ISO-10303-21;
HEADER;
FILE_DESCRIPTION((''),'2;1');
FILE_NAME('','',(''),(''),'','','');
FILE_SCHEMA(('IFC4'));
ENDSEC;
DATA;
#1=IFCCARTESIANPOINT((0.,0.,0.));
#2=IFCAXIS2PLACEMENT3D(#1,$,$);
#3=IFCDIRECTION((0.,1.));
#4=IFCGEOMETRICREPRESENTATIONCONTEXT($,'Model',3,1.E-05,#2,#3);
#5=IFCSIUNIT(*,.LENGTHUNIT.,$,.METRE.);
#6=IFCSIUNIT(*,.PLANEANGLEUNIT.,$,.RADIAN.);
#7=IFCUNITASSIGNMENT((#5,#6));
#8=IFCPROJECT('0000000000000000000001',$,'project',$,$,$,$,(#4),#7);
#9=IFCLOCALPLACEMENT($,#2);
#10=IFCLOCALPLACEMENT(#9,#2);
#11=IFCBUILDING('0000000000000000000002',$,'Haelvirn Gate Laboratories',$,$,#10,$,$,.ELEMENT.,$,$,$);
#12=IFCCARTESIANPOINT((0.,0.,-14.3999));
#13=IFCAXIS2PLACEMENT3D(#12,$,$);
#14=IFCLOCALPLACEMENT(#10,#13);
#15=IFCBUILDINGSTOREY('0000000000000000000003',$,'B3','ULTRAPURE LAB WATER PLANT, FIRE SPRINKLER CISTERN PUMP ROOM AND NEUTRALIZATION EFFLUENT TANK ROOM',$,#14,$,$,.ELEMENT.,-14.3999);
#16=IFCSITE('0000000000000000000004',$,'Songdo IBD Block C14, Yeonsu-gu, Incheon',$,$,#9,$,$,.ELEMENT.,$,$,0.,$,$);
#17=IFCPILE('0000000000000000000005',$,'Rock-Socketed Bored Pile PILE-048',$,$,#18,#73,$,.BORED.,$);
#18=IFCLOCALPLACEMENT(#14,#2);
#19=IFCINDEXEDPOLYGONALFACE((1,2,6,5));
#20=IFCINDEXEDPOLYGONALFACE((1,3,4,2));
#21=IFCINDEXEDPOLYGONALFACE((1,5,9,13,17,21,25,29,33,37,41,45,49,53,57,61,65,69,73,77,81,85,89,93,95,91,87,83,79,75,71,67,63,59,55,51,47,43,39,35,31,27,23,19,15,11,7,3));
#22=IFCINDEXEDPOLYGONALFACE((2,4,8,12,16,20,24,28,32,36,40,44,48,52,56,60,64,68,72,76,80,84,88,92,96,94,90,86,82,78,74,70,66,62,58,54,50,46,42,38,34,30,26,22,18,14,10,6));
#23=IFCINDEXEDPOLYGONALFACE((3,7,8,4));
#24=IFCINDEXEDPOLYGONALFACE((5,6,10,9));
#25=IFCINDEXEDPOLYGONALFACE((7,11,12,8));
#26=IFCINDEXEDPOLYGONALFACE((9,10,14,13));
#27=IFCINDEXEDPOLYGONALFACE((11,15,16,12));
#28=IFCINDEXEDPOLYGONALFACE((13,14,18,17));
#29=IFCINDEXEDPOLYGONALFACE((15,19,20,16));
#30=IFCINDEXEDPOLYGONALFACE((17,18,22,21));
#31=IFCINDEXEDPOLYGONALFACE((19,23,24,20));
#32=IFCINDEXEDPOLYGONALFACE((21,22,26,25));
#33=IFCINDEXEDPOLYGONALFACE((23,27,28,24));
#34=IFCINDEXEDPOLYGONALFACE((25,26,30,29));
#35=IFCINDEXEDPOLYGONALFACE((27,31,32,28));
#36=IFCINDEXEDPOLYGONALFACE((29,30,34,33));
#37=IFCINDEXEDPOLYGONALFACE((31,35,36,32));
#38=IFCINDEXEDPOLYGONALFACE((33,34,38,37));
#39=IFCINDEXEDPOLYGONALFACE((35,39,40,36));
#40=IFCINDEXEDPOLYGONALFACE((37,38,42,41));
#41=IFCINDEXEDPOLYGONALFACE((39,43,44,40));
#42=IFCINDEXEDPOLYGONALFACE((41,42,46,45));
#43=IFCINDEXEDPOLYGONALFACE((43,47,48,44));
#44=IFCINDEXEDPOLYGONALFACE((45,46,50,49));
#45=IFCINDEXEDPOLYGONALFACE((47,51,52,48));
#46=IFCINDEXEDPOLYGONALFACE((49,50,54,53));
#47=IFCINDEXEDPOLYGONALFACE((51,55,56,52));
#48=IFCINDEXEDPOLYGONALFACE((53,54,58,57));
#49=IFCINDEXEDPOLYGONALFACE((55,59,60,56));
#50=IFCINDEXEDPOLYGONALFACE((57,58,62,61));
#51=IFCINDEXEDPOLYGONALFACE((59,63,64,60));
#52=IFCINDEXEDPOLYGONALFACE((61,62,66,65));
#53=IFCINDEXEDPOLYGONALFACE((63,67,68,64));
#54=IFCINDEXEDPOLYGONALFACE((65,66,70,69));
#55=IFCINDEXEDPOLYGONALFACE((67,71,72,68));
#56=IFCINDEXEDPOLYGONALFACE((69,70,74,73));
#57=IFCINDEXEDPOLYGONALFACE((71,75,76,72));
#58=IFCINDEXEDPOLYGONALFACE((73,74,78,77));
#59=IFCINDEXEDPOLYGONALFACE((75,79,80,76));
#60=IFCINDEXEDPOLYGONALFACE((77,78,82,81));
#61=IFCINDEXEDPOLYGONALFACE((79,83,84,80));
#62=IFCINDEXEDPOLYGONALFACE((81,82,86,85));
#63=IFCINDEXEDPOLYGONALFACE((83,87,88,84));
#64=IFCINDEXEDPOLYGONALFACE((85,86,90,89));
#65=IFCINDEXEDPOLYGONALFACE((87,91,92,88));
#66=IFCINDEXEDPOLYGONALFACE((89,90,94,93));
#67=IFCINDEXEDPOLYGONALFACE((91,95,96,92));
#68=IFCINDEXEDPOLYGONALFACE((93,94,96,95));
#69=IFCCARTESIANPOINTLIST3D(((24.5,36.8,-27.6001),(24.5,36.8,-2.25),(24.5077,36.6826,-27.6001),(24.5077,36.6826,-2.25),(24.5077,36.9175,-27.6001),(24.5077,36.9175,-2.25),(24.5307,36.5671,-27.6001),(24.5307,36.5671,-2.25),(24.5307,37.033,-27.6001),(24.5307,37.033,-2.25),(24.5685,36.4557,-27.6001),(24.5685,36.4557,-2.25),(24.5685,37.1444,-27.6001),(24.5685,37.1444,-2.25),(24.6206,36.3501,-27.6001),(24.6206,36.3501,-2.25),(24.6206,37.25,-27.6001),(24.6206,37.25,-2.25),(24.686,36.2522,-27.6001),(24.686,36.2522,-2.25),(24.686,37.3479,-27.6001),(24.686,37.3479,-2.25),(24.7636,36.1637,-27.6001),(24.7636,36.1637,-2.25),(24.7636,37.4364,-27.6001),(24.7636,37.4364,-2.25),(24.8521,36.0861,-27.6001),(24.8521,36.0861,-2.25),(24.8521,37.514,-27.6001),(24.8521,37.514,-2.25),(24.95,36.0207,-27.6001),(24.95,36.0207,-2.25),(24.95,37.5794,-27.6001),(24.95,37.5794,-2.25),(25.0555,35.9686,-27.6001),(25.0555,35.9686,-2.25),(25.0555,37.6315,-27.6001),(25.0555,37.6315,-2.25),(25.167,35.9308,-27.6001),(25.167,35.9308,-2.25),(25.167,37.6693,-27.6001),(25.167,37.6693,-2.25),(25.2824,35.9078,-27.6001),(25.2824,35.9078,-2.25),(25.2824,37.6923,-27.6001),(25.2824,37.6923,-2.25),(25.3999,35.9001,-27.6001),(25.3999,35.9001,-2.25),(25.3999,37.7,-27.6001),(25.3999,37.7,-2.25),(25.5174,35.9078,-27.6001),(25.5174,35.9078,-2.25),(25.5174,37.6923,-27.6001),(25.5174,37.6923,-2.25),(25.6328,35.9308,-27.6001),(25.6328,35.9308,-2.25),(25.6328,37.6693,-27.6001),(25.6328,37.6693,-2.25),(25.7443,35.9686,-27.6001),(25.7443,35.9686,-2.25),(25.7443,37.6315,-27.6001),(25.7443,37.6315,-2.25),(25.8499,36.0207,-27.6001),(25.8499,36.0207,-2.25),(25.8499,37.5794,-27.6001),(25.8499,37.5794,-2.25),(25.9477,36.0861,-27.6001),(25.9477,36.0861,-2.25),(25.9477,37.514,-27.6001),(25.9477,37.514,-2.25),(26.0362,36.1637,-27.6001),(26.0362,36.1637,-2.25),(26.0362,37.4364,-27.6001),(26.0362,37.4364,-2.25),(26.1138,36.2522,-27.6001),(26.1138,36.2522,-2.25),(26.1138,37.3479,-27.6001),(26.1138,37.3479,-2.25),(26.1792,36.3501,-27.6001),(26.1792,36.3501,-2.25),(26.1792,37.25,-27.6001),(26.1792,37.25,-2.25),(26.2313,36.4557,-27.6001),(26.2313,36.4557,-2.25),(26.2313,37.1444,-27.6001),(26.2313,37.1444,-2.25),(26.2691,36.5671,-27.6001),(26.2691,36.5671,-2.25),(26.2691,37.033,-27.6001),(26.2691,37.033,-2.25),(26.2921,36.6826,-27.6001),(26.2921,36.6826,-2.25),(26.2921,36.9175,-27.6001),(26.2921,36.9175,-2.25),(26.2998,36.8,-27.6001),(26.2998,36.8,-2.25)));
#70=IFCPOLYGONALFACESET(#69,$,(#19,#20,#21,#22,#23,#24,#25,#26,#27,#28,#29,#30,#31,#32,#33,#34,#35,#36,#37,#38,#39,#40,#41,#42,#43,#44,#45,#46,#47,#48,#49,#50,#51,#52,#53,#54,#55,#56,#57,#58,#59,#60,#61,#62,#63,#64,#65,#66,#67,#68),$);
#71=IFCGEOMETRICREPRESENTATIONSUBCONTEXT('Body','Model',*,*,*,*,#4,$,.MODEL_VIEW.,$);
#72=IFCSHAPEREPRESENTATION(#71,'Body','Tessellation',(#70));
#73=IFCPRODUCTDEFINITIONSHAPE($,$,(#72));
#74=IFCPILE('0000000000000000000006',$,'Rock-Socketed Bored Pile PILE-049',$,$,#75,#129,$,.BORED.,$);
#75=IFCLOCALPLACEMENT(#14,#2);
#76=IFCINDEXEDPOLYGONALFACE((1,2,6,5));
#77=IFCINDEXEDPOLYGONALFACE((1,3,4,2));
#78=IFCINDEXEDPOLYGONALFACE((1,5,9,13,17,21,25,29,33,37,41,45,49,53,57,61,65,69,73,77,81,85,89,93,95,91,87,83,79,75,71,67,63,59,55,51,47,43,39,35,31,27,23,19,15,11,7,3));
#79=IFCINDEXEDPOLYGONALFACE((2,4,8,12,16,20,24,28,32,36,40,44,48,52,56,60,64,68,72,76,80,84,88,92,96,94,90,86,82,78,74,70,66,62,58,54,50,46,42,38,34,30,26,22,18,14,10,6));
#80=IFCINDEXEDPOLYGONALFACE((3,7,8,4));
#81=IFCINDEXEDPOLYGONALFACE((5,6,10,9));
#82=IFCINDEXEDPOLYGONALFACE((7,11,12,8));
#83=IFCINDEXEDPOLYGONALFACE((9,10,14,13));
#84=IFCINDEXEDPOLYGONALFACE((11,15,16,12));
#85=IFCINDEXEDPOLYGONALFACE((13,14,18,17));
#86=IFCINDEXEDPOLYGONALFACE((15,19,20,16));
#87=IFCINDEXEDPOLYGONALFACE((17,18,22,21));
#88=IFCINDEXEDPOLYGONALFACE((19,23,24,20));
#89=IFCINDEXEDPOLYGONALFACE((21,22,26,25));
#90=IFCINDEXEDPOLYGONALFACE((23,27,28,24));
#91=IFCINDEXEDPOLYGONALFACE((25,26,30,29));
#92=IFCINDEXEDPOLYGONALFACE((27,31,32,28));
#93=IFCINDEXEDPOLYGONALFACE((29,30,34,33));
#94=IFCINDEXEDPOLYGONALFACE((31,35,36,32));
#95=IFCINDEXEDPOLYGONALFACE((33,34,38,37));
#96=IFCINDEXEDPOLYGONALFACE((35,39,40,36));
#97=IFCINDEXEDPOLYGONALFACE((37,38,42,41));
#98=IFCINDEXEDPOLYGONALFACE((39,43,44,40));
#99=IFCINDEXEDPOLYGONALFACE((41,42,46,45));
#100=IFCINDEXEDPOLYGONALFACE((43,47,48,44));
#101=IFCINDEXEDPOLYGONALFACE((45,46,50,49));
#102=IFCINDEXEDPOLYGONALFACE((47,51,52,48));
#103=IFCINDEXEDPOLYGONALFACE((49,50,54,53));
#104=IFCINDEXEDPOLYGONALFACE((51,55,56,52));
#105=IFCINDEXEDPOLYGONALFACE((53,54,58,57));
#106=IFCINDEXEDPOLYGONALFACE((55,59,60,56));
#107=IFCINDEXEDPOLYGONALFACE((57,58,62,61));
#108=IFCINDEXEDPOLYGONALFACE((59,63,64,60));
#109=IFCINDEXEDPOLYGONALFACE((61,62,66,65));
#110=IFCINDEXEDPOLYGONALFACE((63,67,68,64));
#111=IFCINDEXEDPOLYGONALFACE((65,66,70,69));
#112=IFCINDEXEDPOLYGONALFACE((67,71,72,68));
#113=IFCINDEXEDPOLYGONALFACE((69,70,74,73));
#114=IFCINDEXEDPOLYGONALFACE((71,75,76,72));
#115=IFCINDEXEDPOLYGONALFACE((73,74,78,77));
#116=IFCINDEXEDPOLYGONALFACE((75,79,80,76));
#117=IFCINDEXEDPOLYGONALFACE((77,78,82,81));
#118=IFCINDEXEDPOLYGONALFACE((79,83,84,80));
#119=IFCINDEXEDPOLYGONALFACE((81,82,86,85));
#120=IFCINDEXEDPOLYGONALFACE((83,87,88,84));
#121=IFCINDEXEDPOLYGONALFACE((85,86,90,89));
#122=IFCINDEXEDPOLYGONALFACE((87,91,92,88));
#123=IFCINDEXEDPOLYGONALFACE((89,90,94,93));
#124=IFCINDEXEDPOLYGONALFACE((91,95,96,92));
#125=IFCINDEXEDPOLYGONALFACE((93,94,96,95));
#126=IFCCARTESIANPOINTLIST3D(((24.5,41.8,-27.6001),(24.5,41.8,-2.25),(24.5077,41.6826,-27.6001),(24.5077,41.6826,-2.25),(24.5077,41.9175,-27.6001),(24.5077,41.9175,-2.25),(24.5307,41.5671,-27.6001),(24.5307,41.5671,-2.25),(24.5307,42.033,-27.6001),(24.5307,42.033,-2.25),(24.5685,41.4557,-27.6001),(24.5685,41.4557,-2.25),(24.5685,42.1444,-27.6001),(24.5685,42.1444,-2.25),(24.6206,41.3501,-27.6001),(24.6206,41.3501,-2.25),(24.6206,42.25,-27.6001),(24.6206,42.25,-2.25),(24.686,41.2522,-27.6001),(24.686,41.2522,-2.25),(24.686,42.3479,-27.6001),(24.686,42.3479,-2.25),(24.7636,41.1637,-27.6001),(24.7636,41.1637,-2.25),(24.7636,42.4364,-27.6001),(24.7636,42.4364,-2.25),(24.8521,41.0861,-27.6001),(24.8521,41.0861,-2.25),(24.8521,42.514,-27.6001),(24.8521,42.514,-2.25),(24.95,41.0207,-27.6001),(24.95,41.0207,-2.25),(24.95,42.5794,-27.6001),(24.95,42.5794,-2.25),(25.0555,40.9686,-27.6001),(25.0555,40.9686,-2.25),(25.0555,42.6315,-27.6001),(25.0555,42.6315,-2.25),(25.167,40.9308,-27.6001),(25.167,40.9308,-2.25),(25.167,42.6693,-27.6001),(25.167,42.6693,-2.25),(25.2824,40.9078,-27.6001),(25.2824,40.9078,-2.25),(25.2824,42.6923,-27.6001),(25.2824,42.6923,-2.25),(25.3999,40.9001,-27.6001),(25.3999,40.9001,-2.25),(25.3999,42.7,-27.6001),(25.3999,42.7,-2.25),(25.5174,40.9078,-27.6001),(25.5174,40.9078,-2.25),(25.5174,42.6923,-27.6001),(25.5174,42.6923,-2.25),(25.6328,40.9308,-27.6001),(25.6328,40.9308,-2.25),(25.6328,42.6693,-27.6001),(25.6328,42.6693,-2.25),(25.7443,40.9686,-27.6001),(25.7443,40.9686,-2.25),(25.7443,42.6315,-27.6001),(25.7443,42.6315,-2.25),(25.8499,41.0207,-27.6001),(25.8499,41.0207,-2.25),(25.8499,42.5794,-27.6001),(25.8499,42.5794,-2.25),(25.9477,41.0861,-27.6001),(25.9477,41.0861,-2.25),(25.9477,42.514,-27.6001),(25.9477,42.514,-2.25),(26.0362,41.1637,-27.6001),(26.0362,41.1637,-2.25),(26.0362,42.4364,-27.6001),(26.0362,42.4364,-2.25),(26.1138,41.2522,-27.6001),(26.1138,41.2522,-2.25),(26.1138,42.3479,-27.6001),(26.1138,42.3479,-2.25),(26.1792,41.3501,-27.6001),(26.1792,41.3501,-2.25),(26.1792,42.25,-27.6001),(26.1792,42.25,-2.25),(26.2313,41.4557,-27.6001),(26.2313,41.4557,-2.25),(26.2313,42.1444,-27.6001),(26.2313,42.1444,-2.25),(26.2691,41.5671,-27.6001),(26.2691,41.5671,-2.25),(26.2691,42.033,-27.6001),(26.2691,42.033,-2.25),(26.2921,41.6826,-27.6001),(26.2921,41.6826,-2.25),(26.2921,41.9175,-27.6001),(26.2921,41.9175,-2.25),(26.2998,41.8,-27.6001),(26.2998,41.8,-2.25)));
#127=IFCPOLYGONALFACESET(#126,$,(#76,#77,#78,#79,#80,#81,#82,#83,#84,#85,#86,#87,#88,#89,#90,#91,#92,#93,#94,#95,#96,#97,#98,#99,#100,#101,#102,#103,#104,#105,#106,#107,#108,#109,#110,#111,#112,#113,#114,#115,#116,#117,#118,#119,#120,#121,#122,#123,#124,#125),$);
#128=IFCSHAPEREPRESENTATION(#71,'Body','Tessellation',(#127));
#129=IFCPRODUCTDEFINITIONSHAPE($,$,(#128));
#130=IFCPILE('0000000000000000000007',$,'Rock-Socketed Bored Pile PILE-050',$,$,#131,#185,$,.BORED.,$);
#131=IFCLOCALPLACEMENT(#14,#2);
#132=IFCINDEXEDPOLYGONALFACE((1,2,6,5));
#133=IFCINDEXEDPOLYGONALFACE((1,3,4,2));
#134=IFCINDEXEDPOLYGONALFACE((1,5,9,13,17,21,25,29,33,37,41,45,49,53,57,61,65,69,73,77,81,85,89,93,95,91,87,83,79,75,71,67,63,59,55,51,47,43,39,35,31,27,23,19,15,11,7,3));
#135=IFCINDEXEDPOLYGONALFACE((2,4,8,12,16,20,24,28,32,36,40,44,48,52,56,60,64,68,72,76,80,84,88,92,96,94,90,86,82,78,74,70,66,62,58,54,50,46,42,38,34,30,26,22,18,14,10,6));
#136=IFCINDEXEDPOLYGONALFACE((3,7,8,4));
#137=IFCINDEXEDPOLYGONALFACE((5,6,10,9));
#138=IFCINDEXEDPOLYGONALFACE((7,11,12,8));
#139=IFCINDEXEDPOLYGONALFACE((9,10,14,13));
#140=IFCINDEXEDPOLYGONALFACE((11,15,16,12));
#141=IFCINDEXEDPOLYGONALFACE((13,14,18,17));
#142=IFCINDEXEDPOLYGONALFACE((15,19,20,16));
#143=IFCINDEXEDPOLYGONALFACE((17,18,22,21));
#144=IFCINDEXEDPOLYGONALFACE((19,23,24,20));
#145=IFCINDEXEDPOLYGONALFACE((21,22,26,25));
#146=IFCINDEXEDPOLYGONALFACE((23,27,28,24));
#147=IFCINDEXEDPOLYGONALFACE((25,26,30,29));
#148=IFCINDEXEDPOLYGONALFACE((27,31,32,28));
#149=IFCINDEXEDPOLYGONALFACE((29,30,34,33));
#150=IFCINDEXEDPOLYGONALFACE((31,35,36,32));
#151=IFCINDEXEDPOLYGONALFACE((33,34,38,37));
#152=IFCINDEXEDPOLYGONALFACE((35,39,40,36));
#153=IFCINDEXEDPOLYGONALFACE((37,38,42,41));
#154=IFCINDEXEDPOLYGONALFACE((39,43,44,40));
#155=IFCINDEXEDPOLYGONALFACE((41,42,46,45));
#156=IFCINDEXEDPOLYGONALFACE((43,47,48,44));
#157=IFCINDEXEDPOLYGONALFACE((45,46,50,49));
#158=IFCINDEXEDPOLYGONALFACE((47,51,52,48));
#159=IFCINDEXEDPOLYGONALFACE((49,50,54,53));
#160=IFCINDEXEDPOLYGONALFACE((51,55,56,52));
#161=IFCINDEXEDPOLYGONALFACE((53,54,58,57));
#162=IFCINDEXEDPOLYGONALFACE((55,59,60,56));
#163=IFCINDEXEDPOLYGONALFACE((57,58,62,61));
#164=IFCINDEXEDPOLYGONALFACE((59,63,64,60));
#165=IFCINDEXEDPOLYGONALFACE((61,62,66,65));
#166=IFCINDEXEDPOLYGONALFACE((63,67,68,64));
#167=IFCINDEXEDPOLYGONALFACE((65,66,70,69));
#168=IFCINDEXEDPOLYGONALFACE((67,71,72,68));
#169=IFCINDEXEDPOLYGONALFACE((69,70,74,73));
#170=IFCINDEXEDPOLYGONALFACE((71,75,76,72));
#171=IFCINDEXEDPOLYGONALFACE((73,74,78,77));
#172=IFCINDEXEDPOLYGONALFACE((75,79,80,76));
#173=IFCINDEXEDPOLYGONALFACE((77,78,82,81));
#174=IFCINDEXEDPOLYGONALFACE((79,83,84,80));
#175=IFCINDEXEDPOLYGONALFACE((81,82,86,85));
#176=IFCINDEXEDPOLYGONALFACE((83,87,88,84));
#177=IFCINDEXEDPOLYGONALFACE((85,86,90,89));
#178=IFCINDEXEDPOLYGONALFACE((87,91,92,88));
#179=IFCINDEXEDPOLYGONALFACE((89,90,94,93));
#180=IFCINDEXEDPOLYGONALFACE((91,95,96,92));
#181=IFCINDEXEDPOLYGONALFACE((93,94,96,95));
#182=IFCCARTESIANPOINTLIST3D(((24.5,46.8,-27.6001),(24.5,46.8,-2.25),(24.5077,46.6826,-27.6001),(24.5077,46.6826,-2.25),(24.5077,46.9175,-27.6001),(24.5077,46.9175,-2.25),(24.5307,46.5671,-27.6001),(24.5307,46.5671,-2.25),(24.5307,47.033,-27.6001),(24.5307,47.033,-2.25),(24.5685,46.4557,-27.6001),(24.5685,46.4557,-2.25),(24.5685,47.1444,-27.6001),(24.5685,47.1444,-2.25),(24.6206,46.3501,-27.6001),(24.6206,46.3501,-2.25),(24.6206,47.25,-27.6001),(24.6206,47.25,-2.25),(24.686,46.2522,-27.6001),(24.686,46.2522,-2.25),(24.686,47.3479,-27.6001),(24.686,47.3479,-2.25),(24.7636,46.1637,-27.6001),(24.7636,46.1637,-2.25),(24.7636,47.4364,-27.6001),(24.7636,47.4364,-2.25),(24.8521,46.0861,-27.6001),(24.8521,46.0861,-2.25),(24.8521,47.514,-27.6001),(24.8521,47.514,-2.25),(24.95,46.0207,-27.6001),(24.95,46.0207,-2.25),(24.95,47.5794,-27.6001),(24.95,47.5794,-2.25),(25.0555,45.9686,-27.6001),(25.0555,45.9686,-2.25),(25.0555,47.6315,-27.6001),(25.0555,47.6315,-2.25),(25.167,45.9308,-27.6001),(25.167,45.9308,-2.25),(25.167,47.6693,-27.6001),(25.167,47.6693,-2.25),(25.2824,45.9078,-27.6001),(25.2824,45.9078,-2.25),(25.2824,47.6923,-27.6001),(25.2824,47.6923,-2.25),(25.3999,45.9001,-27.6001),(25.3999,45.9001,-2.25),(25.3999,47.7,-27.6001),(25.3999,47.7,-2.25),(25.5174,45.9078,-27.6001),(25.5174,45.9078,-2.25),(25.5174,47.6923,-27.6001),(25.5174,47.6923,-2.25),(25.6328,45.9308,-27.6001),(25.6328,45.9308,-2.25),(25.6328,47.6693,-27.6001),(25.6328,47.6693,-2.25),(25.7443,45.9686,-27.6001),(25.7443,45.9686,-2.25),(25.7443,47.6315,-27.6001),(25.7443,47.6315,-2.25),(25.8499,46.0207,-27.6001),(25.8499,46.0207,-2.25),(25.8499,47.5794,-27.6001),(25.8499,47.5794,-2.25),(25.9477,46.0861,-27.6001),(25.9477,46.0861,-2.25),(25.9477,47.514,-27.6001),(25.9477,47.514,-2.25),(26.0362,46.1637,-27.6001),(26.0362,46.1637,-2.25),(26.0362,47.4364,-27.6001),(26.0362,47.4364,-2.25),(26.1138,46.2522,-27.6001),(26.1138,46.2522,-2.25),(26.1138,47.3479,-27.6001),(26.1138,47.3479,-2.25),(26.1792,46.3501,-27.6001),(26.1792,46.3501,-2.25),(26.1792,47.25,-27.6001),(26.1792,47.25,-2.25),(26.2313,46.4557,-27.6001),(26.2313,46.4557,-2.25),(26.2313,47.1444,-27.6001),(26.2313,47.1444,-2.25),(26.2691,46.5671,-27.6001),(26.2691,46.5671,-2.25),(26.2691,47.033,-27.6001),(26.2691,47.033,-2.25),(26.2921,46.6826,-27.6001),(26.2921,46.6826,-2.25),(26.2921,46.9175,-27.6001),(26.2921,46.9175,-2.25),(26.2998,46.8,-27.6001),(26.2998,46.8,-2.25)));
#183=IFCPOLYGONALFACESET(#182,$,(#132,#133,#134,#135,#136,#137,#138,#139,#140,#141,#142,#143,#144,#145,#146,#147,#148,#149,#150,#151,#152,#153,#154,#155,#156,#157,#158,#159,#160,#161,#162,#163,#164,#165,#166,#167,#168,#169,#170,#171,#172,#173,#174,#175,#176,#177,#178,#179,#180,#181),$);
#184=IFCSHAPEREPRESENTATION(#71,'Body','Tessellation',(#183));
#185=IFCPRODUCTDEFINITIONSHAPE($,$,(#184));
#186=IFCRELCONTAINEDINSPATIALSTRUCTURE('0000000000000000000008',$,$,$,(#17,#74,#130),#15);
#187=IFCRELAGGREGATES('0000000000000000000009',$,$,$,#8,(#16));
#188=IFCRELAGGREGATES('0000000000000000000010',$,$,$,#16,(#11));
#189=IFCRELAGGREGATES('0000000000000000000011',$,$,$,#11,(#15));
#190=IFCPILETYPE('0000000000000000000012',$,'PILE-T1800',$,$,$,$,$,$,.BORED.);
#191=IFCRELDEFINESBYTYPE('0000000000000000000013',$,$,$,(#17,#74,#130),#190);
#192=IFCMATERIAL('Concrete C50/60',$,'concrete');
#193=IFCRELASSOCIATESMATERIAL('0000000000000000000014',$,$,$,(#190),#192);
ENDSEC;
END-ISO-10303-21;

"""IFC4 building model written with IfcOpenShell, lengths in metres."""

from ifc_helpers import new_model, si_unit, direction, frame, origin, origin_2d, place, context, subcontext, project, spatial, circle, extrude, source, transform, mapped, material, material_profile, profile_set, type_object, element, save


model = new_model("IFC4")

# Units and contexts
model_context = context("Model", 3, precision=1e-05, world=origin(), true_north=direction((0.0, 1.0)))
body_context = subcontext(model_context, "Body", "Model", "MODEL_VIEW")
ifc_project = project(units=[si_unit("LENGTHUNIT", "METRE"), si_unit("PLANEANGLEUNIT", "RADIAN")], contexts=[model_context])

# Site, building, storey
site_placement = place(None, origin())
site = spatial("IfcSite", under=ifc_project, at=site_placement, Name="Songdo IBD Block C14, Yeonsu-gu, Incheon", CompositionType="ELEMENT", RefElevation=0.0)
building_placement = place(site_placement, origin())
building = spatial("IfcBuilding", under=site, at=building_placement, Name="Haelvirn Gate Laboratories", CompositionType="ELEMENT")
storey_placement = place(building_placement, frame((0.0, 0.0, -14.3999)))
storey = spatial("IfcBuildingStorey", under=building, at=storey_placement, Name="B3", Description="ULTRAPURE LAB WATER PLANT, FIRE SPRINKLER CISTERN PUMP ROOM AND NEUTRALIZATION EFFLUENT TANK ROOM", CompositionType="ELEMENT", Elevation=-14.3999)

# Piles
ifc_material_1 = material(Name="Concrete C50/60", Category="concrete")
ifc_material_profile_1 = material_profile(ifc_material_1, circle(Radius=0.8999, at=origin_2d()), Name="PILE-D1800")
ifc_profile_set_1 = profile_set([ifc_material_profile_1], Name="Concrete C50/60")
pile_type = type_object("IfcPileType", Name="PILE-T1800", PredefinedType="BORED", material=ifc_profile_set_1)
shared_shape_1 = source(origin(), body_context, "Body", "SweptSolid", [
    extrude(circle(Radius=0.8999, at=origin_2d()), origin(), (0.0, 0.0, 1.0), 25.3501),
])
for number, where, z_axis, x_axis, name in (
    (1, (25.3999, 36.8, -2.25), (0.0, 0.0, -1.0), (1.0, 0.0, 0.0), "Rock-Socketed Bored Pile PILE-048"),
    (2, (25.3999, 41.8, -2.25), (0.0, 0.0, -1.0), (1.0, 0.0, 0.0), "Rock-Socketed Bored Pile PILE-049"),
    (3, (25.3999, 46.8, -2.25), (0.0, 0.0, -1.0), (1.0, 0.0, 0.0), "Rock-Socketed Bored Pile PILE-050"),
):
    element("IfcPile", number, at=place(storey_placement, frame(where, z_axis=z_axis, x_axis=x_axis)), inside=storey, type_object=pile_type, Name=name, PredefinedType="BORED", context=body_context, shape_type="MappedRepresentation", body=[
        mapped(shared_shape_1, transform((0.0, 0.0, 0.0), scale=1.0)),
    ])

save(model, "model.ifc")
